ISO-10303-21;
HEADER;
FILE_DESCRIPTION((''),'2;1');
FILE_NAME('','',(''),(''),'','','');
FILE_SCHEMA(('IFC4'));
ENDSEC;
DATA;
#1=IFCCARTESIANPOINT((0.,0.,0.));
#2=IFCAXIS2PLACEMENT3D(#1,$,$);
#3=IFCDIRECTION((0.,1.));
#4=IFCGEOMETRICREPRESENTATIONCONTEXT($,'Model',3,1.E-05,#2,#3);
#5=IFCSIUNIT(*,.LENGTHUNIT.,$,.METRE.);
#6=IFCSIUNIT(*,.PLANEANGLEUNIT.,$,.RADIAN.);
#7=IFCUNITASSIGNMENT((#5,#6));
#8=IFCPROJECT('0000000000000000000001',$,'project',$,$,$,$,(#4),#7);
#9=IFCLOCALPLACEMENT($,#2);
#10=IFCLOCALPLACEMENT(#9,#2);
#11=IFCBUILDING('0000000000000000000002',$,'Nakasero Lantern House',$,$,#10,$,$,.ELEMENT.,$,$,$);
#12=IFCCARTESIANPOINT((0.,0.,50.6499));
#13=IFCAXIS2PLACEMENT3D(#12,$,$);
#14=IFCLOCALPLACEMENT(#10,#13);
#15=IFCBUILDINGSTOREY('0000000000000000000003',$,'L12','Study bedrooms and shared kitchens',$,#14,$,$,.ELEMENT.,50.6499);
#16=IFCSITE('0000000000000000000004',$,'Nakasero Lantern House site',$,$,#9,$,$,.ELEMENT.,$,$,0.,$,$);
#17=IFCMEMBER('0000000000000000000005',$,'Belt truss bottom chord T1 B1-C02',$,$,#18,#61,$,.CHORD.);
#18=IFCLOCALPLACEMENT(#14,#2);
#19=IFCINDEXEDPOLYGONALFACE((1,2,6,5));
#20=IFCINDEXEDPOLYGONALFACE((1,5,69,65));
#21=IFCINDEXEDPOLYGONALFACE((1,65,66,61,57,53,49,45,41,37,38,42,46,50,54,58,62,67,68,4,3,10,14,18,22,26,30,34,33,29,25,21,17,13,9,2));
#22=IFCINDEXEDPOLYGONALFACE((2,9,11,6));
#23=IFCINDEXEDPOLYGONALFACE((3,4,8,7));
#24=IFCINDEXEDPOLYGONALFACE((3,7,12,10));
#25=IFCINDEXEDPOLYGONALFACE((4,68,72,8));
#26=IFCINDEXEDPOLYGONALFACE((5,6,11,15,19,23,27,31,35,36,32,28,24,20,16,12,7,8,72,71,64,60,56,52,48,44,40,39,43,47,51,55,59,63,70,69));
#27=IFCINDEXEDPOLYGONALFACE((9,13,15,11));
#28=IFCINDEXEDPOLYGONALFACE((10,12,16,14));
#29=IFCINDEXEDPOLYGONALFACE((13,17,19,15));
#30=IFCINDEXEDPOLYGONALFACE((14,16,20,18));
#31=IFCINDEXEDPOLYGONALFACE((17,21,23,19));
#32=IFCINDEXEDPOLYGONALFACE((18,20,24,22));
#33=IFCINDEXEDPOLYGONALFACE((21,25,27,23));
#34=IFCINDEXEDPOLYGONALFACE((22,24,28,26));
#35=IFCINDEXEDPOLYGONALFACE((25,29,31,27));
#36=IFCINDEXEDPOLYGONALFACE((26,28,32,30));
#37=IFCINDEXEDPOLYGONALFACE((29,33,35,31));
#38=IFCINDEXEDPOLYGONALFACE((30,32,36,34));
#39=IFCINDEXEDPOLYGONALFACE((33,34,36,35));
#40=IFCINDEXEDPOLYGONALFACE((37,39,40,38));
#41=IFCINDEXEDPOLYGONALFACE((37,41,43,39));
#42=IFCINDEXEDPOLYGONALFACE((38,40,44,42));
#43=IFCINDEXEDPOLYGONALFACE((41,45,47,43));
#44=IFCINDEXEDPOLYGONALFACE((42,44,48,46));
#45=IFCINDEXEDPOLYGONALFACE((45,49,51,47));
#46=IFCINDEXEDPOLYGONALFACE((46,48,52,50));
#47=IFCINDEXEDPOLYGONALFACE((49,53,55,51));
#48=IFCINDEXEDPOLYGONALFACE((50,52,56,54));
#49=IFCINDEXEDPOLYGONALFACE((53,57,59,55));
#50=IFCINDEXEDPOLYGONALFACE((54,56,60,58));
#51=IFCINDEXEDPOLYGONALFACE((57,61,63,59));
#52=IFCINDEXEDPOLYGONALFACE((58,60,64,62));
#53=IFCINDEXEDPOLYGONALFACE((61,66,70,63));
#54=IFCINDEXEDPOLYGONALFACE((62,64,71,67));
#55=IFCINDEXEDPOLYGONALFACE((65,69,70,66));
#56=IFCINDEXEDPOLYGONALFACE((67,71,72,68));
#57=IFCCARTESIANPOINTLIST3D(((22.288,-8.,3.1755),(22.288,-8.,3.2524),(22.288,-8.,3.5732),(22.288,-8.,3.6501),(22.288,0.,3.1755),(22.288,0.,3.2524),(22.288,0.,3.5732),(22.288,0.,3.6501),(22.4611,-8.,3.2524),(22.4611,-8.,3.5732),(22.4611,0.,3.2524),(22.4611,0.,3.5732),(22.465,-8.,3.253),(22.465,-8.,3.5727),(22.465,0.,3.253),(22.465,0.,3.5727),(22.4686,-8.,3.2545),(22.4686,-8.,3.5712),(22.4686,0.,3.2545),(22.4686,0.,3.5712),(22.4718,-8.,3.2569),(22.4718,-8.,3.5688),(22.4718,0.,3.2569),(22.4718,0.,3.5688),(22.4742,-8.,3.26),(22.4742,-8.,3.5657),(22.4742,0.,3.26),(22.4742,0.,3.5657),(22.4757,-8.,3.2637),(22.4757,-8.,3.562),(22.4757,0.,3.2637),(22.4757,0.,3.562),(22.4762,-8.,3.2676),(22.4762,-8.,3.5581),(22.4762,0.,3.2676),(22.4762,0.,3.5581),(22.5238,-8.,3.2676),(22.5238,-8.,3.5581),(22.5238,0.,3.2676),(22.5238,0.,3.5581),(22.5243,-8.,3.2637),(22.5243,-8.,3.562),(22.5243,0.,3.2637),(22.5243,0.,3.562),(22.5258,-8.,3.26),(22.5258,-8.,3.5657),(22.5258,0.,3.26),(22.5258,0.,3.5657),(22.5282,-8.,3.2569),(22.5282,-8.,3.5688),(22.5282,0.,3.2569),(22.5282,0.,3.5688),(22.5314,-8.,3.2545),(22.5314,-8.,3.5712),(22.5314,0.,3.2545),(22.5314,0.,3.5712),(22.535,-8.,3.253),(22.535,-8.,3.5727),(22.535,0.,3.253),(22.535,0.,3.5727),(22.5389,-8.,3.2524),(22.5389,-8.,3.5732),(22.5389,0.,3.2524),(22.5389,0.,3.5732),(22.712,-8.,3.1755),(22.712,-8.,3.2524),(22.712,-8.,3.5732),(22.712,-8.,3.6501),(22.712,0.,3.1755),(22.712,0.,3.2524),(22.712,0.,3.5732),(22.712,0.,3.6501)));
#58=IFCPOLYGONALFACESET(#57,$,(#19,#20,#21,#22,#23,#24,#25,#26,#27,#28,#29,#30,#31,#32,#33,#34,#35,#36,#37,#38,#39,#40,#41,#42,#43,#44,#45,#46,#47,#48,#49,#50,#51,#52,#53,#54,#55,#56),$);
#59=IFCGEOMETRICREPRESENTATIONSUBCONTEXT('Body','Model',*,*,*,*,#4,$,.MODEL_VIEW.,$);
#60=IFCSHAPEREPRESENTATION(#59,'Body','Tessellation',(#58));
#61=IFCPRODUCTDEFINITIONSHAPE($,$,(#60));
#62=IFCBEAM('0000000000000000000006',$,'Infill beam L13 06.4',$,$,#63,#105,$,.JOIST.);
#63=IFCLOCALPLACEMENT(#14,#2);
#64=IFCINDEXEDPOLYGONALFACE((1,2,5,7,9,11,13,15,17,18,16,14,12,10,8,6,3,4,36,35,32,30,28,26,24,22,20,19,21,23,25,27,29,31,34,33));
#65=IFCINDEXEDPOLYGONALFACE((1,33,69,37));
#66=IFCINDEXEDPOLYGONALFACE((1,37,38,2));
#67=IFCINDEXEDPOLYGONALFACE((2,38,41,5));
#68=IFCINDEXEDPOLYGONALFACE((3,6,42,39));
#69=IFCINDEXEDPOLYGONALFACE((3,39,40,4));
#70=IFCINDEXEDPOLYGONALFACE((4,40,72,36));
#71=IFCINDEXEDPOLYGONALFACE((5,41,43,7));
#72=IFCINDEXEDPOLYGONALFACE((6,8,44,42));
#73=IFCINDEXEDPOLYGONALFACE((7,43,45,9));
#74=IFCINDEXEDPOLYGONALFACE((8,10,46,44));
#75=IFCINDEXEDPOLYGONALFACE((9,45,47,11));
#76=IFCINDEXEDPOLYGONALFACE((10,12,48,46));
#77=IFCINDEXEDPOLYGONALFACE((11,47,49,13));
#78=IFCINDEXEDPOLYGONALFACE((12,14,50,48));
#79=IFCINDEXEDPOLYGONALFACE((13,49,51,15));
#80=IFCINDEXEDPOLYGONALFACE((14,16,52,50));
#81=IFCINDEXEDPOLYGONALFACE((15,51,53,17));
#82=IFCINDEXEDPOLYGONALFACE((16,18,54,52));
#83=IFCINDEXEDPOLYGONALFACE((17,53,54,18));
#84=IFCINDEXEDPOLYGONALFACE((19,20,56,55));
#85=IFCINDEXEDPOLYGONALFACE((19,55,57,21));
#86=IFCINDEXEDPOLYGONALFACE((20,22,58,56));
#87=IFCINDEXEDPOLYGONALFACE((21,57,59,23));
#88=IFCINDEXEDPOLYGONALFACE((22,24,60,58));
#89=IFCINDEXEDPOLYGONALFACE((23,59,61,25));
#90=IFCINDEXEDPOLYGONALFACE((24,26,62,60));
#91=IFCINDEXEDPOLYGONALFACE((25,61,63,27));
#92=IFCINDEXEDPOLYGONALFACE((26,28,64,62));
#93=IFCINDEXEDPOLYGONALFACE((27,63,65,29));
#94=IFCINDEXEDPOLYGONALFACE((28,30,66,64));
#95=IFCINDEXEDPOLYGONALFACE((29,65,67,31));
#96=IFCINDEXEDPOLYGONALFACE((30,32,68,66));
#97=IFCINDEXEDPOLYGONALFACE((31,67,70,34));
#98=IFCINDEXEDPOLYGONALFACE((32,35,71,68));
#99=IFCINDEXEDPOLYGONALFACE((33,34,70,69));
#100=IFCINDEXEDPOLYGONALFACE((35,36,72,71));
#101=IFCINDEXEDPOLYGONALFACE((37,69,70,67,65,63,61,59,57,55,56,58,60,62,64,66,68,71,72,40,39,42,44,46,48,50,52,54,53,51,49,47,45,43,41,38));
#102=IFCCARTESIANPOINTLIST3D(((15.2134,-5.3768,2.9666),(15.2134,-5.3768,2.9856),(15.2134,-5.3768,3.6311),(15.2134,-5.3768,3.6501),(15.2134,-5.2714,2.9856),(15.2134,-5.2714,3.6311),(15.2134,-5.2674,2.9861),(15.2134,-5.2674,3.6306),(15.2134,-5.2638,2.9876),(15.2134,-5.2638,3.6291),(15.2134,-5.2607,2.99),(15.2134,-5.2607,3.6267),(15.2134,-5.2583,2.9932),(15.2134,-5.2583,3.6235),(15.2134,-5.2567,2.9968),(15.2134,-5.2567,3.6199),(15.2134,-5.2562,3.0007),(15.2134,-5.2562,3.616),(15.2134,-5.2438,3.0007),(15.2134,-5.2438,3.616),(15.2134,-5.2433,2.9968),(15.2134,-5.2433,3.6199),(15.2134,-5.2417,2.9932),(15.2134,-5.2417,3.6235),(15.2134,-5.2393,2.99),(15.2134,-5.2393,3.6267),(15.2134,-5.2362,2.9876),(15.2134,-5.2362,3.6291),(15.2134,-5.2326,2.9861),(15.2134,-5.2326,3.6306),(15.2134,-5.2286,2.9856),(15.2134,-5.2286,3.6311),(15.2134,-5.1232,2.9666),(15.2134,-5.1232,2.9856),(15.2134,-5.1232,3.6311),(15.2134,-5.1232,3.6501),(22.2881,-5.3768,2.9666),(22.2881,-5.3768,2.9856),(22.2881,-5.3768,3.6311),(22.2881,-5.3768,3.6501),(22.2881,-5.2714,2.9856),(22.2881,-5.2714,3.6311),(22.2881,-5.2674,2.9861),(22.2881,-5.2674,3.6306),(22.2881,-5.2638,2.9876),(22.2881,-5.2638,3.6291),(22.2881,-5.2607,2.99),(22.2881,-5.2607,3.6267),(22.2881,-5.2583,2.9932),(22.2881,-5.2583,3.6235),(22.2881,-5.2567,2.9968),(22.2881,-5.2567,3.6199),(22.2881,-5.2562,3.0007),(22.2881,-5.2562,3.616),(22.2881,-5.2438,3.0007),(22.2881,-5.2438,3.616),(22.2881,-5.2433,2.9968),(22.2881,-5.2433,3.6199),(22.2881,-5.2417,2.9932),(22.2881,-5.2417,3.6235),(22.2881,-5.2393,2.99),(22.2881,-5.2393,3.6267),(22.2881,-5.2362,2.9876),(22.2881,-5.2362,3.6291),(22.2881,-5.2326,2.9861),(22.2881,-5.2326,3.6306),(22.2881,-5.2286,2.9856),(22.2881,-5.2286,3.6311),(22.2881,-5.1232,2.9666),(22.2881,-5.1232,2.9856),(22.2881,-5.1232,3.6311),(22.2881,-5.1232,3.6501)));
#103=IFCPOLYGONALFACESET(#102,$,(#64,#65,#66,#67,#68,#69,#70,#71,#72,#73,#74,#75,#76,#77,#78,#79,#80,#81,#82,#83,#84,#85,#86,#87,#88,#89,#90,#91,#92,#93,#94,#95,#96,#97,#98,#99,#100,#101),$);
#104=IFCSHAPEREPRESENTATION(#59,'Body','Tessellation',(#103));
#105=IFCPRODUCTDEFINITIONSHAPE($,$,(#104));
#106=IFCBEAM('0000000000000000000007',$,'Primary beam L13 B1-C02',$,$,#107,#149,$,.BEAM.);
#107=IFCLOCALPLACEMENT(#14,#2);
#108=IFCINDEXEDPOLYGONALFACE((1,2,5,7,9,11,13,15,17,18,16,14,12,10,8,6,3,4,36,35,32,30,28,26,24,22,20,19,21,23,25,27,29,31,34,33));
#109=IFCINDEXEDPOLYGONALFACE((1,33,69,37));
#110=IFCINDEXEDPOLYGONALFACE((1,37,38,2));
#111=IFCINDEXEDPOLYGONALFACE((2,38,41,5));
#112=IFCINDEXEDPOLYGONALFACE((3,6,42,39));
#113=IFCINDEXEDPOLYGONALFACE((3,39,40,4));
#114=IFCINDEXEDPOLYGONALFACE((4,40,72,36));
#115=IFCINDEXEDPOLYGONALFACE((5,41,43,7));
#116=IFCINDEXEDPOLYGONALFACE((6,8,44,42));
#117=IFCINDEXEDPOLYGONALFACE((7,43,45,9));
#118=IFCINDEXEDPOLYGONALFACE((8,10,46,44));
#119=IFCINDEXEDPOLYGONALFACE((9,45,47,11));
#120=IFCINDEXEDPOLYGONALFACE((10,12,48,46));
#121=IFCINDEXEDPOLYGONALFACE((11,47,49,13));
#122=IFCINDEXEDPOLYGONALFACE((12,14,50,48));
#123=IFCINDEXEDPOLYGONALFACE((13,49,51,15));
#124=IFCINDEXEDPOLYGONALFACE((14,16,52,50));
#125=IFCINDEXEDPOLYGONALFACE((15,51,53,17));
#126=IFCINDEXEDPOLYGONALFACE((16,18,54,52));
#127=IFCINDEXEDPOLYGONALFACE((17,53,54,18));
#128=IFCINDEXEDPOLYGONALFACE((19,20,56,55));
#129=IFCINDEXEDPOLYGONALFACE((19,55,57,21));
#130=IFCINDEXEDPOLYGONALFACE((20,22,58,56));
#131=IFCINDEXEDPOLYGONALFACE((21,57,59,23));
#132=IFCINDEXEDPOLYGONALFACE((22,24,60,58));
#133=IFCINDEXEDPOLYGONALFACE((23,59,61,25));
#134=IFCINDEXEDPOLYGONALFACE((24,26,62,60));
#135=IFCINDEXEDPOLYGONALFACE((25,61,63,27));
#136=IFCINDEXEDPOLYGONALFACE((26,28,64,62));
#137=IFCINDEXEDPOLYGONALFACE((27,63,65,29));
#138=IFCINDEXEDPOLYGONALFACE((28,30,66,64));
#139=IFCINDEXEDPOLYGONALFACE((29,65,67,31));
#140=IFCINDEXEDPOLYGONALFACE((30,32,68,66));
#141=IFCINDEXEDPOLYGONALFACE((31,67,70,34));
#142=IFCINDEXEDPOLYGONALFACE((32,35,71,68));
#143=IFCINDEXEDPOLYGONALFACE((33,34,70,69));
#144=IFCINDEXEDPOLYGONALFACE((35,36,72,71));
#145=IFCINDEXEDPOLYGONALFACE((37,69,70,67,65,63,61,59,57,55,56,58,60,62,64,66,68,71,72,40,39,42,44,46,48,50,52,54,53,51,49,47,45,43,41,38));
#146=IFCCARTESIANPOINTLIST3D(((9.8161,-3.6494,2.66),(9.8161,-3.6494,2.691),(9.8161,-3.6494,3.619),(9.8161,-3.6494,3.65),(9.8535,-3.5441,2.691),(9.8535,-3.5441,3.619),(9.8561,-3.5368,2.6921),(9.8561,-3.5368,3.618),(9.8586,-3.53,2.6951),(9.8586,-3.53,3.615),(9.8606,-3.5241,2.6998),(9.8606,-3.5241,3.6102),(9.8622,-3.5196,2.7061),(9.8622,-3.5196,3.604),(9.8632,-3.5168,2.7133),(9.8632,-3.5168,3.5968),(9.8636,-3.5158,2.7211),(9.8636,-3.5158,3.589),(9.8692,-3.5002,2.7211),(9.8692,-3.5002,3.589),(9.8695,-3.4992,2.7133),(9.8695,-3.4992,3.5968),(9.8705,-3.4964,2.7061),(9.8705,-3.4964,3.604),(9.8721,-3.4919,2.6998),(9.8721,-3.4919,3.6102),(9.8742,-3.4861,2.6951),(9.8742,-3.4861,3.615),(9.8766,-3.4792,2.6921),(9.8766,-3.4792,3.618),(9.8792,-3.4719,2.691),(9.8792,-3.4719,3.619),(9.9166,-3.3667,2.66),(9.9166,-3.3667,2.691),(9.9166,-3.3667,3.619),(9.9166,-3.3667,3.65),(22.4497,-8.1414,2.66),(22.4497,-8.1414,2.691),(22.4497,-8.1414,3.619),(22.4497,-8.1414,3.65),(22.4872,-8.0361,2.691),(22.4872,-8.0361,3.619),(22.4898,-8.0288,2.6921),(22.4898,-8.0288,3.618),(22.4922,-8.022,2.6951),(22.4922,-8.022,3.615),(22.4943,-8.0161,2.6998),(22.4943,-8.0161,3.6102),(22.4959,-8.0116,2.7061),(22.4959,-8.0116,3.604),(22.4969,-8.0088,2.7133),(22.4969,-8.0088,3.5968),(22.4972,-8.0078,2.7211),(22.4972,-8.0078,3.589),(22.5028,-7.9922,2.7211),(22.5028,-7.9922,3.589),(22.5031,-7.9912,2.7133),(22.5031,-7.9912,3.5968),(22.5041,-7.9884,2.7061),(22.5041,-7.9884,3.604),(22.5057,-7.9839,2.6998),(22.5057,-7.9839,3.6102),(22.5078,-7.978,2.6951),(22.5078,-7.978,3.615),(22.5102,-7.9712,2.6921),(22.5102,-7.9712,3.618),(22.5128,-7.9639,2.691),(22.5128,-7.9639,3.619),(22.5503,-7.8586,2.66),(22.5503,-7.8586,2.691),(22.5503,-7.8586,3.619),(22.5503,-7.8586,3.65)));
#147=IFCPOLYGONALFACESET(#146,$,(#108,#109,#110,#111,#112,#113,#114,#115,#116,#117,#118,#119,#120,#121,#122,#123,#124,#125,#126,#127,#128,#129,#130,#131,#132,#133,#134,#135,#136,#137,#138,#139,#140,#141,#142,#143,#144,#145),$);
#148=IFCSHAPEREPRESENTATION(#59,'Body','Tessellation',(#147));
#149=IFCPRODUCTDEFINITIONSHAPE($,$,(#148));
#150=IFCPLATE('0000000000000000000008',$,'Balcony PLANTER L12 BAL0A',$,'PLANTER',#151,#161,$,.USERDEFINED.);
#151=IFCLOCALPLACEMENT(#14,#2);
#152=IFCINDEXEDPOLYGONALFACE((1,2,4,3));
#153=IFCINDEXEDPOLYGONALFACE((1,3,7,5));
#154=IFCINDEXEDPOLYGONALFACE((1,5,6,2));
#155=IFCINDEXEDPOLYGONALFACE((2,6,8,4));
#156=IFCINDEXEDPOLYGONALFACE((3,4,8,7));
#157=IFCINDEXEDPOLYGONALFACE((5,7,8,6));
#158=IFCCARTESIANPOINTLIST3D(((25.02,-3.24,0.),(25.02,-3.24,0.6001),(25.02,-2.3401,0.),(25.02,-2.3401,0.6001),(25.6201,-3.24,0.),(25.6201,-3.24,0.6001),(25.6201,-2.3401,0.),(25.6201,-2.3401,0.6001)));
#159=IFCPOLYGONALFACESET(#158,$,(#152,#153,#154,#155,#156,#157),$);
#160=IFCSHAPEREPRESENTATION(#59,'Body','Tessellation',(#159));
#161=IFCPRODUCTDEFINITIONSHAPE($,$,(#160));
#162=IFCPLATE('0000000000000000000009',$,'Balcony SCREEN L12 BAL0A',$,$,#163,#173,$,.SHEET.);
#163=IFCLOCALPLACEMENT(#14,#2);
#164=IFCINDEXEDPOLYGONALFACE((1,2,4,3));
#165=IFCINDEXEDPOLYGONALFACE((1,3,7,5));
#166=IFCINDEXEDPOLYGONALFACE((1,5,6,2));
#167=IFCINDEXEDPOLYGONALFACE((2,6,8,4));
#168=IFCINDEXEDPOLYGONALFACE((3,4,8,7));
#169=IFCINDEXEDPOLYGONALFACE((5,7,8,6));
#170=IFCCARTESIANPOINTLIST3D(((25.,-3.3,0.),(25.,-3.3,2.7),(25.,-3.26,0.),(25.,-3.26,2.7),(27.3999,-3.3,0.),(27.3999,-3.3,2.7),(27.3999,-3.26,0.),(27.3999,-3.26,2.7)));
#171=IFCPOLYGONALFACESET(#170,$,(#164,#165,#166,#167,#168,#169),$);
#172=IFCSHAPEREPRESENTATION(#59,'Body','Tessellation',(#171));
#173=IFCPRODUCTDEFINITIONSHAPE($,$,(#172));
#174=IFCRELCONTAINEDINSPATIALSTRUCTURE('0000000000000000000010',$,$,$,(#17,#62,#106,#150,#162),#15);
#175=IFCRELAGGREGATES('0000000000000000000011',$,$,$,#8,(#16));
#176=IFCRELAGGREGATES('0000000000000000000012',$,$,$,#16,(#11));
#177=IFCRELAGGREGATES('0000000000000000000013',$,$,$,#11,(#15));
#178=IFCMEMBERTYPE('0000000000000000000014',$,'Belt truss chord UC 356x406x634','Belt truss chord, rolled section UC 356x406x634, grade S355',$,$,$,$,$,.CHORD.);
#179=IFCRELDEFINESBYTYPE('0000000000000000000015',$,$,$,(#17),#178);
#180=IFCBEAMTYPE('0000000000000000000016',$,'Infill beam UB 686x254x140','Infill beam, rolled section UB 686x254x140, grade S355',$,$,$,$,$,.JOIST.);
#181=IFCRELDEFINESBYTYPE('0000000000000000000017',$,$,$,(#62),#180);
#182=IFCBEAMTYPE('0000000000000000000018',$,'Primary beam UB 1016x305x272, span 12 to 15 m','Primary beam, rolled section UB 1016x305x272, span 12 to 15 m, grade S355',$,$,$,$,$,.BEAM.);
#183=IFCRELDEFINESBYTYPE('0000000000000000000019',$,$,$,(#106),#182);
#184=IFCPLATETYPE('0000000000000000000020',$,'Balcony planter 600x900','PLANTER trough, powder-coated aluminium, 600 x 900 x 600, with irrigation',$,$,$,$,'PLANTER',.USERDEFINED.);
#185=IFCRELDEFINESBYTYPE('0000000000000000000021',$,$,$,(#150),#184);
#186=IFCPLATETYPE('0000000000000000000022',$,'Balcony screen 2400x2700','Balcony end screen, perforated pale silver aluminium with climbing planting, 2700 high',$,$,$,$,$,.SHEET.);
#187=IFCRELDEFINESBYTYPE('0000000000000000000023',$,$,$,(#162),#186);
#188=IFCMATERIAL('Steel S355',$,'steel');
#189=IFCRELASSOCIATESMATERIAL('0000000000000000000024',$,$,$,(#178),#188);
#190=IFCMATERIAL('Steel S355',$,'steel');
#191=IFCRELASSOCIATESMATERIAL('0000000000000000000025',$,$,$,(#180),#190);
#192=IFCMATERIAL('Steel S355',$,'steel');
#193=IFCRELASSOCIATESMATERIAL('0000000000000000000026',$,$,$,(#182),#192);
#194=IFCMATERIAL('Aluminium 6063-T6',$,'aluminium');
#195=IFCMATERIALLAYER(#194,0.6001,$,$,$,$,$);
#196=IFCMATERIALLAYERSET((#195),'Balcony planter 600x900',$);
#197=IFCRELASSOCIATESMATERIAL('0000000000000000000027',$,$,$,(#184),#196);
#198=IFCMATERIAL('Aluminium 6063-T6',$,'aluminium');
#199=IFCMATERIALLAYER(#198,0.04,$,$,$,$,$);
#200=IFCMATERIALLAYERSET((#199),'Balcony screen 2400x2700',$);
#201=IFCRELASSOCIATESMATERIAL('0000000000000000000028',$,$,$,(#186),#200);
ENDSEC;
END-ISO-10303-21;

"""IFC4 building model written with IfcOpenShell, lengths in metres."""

from ifc_helpers import new_model, si_unit, direction, frame, origin, origin_2d, place, context, subcontext, project, spatial, rectangle, i_section, extrude, material, layer, layer_set, material_profile, profile_set, type_object, element, save


model = new_model("IFC4")

# Units and contexts
model_context = context("Model", 3, precision=1e-05, world=origin(), true_north=direction((0.0, 1.0)))
body_context = subcontext(model_context, "Body", "Model", "MODEL_VIEW")
ifc_project = project(units=[si_unit("LENGTHUNIT", "METRE"), si_unit("PLANEANGLEUNIT", "RADIAN")], contexts=[model_context])

# Site, building, storey
site_placement = place(None, origin())
site = spatial("IfcSite", under=ifc_project, at=site_placement, Name="Nakasero Lantern House site", CompositionType="ELEMENT", RefElevation=0.0)
building_placement = place(site_placement, origin())
building = spatial("IfcBuilding", under=site, at=building_placement, Name="Nakasero Lantern House", CompositionType="ELEMENT")
storey_placement = place(building_placement, frame((0.0, 0.0, 50.6499)))
storey = spatial("IfcBuildingStorey", under=building, at=storey_placement, Name="L12", Description="Study bedrooms and shared kitchens", CompositionType="ELEMENT", Elevation=50.6499)

# Member
ifc_material_1 = material(Name="Steel S355", Category="steel")
ifc_material_profile_1 = material_profile(ifc_material_1, i_section(OverallWidth=0.4241, OverallDepth=0.4746, WebThickness=0.0476, FlangeThickness=0.0769, FilletRadius=0.0151, at=origin_2d()), Name="UC 356x406x634")
ifc_profile_set_1 = profile_set([ifc_material_profile_1], Name="Steel S355")
member_type = type_object("IfcMemberType", Name="Belt truss chord UC 356x406x634", Description="Belt truss chord, rolled section UC 356x406x634, grade S355", PredefinedType="CHORD", material=ifc_profile_set_1)
member_placement = place(storey_placement, frame((22.5, -8.0, 3.4128), z_axis=(0.0, 1.0, 0.0), x_axis=(-1.0, 0.0, 0.0)))
element("IfcMember", 1, at=member_placement, inside=storey, type_object=member_type, Name="Belt truss bottom chord T1 B1-C02", PredefinedType="CHORD", context=body_context, shape_type="SweptSolid", body=[
    extrude(i_section(OverallWidth=0.4241, OverallDepth=0.4746, WebThickness=0.0476, FlangeThickness=0.0769, FilletRadius=0.0151, at=origin_2d()), origin(), (0.0, 0.0, 1.0), 8.0),
])

# Beams
ifc_material_2 = material(Name="Steel S355", Category="steel")
ifc_material_profile_2 = material_profile(ifc_material_2, i_section(OverallWidth=0.2537, OverallDepth=0.6836, WebThickness=0.0125, FlangeThickness=0.019, FilletRadius=0.0151, at=origin_2d()), Name="UB 686x254x140")
ifc_profile_set_2 = profile_set([ifc_material_profile_2], Name="Steel S355")
beam_type_1 = type_object("IfcBeamType", Name="Infill beam UB 686x254x140", Description="Infill beam, rolled section UB 686x254x140, grade S355", PredefinedType="JOIST", material=ifc_profile_set_2)
beam_1_placement = place(storey_placement, frame((15.2134, -5.25, 3.3083), z_axis=(1.0, 0.0, 0.0), x_axis=(0.0, 1.0, 0.0)))
element("IfcBeam", 2, at=beam_1_placement, inside=storey, type_object=beam_type_1, Name="Infill beam L13 06.4", PredefinedType="JOIST", context=body_context, shape_type="SweptSolid", body=[
    extrude(i_section(OverallWidth=0.2537, OverallDepth=0.6836, WebThickness=0.0125, FlangeThickness=0.019, FilletRadius=0.0151, at=origin_2d()), origin(), (0.0, 0.0, 1.0), 7.0747),
])
ifc_material_3 = material(Name="Steel S355", Category="steel")
ifc_material_profile_3 = material_profile(ifc_material_3, i_section(OverallWidth=0.3, OverallDepth=0.99, WebThickness=0.0166, FlangeThickness=0.031, FilletRadius=0.03, at=origin_2d()), Name="UB 1016x305x272")
ifc_profile_set_3 = profile_set([ifc_material_profile_3], Name="Steel S355")
beam_type_2 = type_object("IfcBeamType", Name="Primary beam UB 1016x305x272, span 12 to 15 m", Description="Primary beam, rolled section UB 1016x305x272, span 12 to 15 m, grade S355", PredefinedType="BEAM", material=ifc_profile_set_3)
beam_2_placement = place(storey_placement, frame((22.5, -8.0, 3.155), z_axis=(-0.942214, 0.335011, 0.0), x_axis=(-0.335011, -0.942214, 0.0)))
element("IfcBeam", 3, at=beam_2_placement, inside=storey, type_object=beam_type_2, Name="Primary beam L13 B1-C02", PredefinedType="BEAM", context=body_context, shape_type="SweptSolid", body=[
    extrude(i_section(OverallWidth=0.3, OverallDepth=0.99, WebThickness=0.0166, FlangeThickness=0.031, FilletRadius=0.03, at=origin_2d()), origin(), (0.0, 0.0, 1.0), 13.4084),
])

# Plates
ifc_material_4 = material(Name="Aluminium 6063-T6", Category="aluminium")
ifc_layer_1 = layer(ifc_material_4, 0.6001)
ifc_layer_set_1 = layer_set([ifc_layer_1], Name="Balcony planter 600x900")
plate_type_1 = type_object("IfcPlateType", Name="Balcony planter 600x900", Description="PLANTER trough, powder-coated aluminium, 600 x 900 x 600, with irrigation", ElementType="PLANTER", PredefinedType="USERDEFINED", material=ifc_layer_set_1)
plate_1_placement = place(storey_placement, frame((25.3201, -2.79, 0.0), z_axis=(0.0, 0.0, 1.0), x_axis=(1.0, 0.0, 0.0)))
element("IfcPlate", 4, at=plate_1_placement, inside=storey, type_object=plate_type_1, Name="Balcony PLANTER L12 BAL0A", ObjectType="PLANTER", PredefinedType="USERDEFINED", context=body_context, shape_type="SweptSolid", body=[
    extrude(rectangle(XDim=0.6001, YDim=0.8999, at=origin_2d()), origin(), (0.0, 0.0, 1.0), 0.6001),
])
ifc_material_5 = material(Name="Aluminium 6063-T6", Category="aluminium")
ifc_layer_2 = layer(ifc_material_5, 0.04)
ifc_layer_set_2 = layer_set([ifc_layer_2], Name="Balcony screen 2400x2700")
plate_type_2 = type_object("IfcPlateType", Name="Balcony screen 2400x2700", Description="Balcony end screen, perforated pale silver aluminium with climbing planting, 2700 high", PredefinedType="SHEET", material=ifc_layer_set_2)
plate_2_placement = place(storey_placement, frame((26.2, -3.28, 0.0), z_axis=(0.0, 0.0, 1.0), x_axis=(1.0, 0.0, 0.0)))
element("IfcPlate", 5, at=plate_2_placement, inside=storey, type_object=plate_type_2, Name="Balcony SCREEN L12 BAL0A", PredefinedType="SHEET", context=body_context, shape_type="SweptSolid", body=[
    extrude(rectangle(XDim=2.3999, YDim=0.04, at=origin_2d()), origin(), (0.0, 0.0, 1.0), 2.7),
])

save(model, "model.ifc")
